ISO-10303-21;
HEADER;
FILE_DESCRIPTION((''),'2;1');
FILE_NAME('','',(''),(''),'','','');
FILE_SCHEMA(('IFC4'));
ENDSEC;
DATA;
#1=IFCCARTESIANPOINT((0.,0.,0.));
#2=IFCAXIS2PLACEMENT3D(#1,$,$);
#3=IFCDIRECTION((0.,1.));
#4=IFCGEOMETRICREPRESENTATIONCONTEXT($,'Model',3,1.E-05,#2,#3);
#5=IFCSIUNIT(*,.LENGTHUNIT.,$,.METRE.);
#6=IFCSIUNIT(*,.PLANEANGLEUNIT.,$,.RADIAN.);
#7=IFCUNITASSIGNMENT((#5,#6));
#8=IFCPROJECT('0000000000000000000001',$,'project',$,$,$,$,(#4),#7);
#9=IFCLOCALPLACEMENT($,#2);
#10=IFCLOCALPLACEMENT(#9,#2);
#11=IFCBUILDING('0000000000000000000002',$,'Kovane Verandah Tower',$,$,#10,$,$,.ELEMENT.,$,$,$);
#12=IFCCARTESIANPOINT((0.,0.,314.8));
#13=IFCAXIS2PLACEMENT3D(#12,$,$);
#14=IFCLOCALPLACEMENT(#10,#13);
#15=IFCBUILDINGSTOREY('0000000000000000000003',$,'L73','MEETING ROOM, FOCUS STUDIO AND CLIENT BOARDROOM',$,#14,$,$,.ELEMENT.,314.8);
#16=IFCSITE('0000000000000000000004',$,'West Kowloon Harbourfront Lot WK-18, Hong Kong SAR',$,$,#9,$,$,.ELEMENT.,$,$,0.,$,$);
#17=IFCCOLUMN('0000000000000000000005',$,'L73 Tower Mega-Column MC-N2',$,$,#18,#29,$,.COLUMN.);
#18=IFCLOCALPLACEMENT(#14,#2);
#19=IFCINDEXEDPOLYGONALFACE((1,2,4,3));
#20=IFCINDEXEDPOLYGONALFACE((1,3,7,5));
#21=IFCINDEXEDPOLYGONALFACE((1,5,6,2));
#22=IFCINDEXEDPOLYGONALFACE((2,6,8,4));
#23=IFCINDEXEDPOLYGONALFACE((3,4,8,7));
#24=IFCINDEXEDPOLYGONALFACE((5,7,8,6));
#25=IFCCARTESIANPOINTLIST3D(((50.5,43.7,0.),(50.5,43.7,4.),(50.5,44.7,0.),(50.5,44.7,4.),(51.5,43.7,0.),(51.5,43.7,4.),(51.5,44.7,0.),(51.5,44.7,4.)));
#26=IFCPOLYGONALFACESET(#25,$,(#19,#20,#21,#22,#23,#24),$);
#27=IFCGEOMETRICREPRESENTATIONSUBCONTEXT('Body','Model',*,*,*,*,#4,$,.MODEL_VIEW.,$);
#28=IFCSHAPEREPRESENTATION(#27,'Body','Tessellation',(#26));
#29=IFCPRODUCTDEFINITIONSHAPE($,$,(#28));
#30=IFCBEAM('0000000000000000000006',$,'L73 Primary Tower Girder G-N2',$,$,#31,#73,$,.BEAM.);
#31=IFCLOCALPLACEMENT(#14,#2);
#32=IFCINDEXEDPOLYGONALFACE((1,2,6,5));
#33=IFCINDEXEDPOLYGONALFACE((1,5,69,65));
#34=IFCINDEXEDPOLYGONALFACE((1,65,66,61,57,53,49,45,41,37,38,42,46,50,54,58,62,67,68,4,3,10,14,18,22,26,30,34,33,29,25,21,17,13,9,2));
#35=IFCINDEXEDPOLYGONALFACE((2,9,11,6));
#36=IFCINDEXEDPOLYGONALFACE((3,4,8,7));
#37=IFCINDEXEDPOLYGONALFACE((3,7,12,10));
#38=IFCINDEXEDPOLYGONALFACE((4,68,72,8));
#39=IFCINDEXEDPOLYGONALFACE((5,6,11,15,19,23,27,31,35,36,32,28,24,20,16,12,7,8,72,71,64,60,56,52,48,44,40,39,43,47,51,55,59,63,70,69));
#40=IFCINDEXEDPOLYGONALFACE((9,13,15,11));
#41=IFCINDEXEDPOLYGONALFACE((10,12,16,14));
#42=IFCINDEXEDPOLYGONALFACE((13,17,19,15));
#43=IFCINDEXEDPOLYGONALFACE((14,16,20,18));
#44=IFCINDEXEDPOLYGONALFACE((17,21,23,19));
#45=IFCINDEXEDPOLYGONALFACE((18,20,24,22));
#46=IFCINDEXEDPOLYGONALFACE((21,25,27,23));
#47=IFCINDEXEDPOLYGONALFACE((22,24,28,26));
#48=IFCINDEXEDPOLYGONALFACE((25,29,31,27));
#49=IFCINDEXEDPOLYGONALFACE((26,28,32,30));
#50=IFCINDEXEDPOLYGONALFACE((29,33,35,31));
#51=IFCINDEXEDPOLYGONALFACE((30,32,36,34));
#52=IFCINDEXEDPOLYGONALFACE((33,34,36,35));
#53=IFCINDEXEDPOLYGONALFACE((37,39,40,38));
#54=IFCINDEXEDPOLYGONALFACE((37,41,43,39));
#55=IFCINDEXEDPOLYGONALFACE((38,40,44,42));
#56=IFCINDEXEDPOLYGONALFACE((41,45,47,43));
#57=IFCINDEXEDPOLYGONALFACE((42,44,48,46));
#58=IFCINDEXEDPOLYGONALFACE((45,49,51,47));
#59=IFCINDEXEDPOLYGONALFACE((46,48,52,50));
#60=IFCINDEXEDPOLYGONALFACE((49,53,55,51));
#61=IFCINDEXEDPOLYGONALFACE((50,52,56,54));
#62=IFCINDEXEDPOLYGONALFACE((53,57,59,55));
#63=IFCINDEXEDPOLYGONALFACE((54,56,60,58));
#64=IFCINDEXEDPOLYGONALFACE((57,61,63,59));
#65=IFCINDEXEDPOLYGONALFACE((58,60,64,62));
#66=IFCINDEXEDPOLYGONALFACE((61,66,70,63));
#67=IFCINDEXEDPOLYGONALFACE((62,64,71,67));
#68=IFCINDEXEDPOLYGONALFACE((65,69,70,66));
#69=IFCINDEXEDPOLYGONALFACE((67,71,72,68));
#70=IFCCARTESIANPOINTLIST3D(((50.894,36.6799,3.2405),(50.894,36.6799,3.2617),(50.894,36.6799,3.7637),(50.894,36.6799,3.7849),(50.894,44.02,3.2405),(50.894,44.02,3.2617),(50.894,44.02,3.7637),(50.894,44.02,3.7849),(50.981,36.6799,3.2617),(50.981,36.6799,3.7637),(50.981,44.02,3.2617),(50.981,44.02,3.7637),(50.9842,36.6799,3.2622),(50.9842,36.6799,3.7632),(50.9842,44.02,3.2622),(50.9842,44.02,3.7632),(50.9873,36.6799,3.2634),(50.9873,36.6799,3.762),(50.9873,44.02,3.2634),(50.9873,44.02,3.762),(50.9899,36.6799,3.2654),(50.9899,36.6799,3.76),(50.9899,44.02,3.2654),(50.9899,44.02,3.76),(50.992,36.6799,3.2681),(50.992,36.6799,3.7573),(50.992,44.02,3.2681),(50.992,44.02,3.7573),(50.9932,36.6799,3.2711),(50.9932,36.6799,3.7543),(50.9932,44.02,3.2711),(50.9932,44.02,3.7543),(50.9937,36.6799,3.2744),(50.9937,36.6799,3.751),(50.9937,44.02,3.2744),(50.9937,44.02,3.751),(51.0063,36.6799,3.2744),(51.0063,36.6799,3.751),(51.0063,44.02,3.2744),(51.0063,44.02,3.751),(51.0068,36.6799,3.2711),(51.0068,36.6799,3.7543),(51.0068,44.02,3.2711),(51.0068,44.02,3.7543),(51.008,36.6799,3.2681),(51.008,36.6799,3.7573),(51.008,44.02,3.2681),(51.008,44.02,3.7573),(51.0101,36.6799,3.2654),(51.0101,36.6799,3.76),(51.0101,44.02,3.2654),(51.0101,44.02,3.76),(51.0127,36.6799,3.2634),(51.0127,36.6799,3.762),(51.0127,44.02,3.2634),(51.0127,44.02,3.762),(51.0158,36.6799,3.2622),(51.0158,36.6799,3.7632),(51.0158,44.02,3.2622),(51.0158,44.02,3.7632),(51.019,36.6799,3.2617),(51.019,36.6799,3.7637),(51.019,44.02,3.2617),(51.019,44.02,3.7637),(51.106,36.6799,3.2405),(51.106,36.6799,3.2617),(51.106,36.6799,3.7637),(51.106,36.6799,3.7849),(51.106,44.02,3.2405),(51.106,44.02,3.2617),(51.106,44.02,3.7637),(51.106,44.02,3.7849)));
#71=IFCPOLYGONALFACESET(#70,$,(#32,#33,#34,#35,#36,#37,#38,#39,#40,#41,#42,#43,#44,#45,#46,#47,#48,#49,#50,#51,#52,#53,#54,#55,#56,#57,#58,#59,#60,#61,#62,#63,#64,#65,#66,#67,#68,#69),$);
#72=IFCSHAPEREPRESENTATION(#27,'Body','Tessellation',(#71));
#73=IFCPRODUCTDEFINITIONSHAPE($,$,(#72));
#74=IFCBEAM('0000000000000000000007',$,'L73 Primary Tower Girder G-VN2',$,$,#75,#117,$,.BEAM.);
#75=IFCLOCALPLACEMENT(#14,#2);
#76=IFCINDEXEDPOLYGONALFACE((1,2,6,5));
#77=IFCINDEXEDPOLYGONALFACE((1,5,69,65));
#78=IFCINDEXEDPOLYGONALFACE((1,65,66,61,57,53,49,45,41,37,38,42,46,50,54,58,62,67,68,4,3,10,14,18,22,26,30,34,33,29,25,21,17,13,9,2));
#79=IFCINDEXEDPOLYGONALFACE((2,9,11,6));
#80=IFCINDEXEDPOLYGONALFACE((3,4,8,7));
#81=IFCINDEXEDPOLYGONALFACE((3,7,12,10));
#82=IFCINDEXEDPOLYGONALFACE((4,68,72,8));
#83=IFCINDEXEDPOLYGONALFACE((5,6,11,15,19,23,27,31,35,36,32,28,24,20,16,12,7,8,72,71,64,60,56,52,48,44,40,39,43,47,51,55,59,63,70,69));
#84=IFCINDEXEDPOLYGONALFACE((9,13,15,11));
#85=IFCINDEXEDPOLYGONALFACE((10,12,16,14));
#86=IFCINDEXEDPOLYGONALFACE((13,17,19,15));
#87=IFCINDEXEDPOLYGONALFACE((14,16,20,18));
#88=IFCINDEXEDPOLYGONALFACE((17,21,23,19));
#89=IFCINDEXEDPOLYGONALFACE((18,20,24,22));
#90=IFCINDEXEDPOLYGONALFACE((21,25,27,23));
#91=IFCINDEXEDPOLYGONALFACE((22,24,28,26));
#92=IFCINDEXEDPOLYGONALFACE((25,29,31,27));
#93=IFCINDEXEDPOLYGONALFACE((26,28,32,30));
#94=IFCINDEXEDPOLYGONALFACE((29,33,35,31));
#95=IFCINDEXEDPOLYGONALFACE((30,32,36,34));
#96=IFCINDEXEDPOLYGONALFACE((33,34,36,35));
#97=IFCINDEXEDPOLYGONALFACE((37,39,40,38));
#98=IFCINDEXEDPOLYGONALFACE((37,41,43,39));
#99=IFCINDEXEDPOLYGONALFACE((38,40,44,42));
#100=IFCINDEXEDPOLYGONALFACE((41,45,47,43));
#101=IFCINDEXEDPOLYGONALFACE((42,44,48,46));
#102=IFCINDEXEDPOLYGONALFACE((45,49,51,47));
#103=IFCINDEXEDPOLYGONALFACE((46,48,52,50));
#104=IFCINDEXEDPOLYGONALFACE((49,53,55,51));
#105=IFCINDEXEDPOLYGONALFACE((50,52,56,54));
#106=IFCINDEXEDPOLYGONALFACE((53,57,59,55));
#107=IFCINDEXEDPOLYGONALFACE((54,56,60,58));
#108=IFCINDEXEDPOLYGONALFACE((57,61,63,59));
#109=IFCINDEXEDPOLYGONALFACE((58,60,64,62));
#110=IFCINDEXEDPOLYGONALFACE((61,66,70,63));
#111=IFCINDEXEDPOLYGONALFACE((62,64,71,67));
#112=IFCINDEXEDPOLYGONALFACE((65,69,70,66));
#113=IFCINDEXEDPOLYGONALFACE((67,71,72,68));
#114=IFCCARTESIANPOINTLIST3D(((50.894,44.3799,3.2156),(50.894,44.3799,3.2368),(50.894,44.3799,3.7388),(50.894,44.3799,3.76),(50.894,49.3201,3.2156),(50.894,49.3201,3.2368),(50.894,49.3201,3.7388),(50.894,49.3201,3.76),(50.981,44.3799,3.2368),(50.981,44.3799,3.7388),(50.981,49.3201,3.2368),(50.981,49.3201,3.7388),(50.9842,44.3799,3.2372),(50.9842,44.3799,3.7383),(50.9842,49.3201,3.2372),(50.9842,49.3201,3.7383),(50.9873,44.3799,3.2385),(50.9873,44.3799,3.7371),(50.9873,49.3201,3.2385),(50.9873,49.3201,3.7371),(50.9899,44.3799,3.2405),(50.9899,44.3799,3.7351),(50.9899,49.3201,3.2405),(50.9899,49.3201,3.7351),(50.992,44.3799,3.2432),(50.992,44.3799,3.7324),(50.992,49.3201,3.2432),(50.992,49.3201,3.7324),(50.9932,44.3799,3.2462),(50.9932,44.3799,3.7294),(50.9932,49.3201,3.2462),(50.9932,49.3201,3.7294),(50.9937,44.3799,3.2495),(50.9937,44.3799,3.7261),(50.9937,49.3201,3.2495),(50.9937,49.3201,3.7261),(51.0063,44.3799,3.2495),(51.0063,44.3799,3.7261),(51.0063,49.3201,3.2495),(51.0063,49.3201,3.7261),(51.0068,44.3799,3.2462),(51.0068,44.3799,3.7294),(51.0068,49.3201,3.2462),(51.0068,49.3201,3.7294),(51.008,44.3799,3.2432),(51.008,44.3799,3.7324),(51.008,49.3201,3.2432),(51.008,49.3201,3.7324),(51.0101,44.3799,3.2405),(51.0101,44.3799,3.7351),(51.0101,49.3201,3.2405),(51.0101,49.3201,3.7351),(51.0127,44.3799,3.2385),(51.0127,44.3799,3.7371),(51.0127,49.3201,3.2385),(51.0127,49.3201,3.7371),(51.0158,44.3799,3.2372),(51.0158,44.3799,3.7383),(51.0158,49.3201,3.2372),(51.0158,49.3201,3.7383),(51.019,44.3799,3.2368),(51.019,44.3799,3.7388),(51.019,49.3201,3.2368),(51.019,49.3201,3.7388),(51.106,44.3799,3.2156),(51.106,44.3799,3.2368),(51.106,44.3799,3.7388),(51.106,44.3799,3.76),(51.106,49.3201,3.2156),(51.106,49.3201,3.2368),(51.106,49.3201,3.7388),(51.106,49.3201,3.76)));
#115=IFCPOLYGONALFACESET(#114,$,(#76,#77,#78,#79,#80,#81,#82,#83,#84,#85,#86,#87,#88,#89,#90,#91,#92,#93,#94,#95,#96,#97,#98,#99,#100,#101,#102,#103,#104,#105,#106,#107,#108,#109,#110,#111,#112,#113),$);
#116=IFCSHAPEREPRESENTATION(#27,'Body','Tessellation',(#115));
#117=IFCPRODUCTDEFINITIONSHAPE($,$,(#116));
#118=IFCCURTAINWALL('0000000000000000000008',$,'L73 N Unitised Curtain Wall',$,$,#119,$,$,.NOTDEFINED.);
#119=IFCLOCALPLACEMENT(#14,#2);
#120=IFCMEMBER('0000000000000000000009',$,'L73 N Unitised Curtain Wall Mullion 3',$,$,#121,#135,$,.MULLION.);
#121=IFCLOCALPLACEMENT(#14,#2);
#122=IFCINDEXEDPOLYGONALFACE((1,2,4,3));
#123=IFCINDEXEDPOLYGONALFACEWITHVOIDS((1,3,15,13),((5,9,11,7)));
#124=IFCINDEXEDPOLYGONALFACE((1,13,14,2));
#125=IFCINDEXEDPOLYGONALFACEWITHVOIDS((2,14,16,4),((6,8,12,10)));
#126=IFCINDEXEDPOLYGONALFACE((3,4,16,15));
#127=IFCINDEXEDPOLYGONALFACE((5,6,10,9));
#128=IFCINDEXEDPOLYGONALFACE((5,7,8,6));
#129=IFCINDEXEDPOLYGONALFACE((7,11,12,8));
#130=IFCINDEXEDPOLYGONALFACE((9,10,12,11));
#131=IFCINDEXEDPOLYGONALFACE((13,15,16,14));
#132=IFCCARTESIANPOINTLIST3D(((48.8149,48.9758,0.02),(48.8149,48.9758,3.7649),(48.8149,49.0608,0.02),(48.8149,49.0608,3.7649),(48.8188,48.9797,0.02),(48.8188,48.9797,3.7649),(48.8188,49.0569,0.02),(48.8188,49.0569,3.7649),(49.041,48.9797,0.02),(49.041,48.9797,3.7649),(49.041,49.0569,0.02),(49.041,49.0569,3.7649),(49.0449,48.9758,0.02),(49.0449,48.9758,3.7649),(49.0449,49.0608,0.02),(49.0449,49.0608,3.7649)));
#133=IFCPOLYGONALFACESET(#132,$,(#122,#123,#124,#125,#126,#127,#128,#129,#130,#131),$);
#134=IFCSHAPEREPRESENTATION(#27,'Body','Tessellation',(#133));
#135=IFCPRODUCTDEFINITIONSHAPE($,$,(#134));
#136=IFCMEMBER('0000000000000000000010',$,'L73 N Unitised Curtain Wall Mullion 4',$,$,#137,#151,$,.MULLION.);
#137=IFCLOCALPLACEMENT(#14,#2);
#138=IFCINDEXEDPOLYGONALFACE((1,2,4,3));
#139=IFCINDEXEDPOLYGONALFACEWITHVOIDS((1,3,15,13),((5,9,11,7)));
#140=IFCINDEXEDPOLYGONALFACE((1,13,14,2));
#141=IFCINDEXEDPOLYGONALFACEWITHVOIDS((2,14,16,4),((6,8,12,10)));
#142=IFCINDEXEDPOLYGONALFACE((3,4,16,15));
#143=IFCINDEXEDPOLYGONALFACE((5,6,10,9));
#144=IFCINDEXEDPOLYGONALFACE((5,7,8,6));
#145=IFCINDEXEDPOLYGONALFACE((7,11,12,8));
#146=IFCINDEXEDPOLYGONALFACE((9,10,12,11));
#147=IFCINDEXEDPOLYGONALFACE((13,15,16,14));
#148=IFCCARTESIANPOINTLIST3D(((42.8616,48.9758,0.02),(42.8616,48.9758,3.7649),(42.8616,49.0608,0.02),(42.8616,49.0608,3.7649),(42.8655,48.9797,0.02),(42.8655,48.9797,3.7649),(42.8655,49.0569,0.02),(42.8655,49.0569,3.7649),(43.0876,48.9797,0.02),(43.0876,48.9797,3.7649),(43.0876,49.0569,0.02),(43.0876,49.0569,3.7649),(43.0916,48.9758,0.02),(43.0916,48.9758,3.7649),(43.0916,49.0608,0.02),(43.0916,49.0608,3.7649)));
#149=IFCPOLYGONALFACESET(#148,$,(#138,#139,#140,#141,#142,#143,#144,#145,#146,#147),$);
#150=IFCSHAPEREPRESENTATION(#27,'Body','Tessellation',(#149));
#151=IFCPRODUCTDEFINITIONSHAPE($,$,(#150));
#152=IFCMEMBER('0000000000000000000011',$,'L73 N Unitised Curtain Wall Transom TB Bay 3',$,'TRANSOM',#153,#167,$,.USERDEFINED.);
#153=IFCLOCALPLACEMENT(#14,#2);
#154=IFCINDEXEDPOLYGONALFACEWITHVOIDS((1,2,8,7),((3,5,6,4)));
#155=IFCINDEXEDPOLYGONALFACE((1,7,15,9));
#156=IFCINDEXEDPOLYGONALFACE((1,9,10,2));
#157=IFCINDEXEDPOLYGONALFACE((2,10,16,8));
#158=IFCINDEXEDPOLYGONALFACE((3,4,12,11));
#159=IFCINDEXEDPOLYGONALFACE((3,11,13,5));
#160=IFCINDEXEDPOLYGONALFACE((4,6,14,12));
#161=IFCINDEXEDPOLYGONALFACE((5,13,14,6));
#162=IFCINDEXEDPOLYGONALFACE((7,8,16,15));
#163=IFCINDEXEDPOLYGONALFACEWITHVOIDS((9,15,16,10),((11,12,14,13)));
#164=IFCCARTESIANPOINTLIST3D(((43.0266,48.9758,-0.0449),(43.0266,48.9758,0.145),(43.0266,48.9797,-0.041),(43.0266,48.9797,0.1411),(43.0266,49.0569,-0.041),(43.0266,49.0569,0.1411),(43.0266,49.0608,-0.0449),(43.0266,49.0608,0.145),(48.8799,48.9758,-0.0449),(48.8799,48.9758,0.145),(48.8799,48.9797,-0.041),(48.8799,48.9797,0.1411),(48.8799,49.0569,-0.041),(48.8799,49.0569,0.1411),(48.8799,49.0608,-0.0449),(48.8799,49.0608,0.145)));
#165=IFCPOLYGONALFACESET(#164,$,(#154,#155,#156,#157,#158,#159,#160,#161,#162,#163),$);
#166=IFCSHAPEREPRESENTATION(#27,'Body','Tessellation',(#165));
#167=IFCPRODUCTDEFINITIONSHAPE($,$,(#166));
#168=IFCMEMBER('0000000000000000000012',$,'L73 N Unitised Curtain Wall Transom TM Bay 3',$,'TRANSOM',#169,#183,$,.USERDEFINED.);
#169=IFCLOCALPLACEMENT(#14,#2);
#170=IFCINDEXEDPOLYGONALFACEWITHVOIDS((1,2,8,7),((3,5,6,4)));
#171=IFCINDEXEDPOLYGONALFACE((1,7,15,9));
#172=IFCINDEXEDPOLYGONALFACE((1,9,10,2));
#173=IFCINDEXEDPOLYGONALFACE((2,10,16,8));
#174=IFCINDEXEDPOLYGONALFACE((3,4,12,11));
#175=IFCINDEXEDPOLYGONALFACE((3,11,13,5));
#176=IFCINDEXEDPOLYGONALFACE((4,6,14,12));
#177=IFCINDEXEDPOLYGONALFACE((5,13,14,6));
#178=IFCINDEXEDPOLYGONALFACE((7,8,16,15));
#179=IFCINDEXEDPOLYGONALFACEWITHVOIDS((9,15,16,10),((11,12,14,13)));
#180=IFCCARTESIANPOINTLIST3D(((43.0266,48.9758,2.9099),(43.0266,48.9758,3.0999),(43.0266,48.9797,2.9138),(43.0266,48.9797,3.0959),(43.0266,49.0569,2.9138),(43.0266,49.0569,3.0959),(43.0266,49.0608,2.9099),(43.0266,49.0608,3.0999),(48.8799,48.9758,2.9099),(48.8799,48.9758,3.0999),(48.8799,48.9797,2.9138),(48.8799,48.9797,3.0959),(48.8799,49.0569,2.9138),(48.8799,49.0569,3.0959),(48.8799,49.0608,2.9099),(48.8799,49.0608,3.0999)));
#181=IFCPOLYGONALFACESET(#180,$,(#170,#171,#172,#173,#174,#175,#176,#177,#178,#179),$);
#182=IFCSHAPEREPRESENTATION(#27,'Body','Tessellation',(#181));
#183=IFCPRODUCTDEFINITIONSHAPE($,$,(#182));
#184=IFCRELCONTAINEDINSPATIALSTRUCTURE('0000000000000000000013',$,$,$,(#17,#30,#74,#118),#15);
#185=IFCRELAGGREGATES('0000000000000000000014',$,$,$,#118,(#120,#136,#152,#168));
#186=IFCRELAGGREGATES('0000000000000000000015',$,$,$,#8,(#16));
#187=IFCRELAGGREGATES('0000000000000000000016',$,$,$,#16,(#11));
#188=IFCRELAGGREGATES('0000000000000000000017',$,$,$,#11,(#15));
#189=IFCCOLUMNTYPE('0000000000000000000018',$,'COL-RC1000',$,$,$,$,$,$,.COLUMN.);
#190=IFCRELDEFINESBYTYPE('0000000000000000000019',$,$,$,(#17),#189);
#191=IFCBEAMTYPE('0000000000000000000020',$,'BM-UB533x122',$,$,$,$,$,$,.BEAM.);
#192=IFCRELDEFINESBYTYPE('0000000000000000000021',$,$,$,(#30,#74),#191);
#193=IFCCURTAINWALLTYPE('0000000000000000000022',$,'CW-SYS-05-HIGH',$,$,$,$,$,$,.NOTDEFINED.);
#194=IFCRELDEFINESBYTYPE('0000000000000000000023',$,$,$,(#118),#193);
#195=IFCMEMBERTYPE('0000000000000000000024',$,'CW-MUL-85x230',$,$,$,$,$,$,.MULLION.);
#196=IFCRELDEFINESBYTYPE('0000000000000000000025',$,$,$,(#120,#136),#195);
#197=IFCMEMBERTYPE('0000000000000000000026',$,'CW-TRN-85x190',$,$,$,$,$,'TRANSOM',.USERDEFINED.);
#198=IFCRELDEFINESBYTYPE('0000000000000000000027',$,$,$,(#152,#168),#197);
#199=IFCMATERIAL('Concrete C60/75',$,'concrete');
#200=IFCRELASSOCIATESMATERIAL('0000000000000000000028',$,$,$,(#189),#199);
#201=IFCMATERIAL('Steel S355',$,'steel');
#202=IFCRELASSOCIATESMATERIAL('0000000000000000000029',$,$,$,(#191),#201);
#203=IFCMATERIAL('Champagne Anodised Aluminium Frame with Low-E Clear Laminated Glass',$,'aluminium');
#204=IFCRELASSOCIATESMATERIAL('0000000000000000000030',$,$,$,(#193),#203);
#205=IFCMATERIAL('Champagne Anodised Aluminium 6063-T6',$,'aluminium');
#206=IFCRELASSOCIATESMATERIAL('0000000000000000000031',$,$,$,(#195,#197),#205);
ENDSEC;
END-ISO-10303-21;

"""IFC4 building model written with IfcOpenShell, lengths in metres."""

from ifc_helpers import new_model, si_unit, direction, frame, origin, origin_2d, place, context, subcontext, project, spatial, rectangle, hollow_rectangle, i_section, extrude, material, material_profile, profile_set, type_object, element, aggregate, save


model = new_model("IFC4")

# Units and contexts
model_context = context("Model", 3, precision=1e-05, world=origin(), true_north=direction((0.0, 1.0)))
body_context = subcontext(model_context, "Body", "Model", "MODEL_VIEW")
ifc_project = project(units=[si_unit("LENGTHUNIT", "METRE"), si_unit("PLANEANGLEUNIT", "RADIAN")], contexts=[model_context])

# Site, building, storey
site_placement = place(None, origin())
site = spatial("IfcSite", under=ifc_project, at=site_placement, Name="West Kowloon Harbourfront Lot WK-18, Hong Kong SAR", CompositionType="ELEMENT", RefElevation=0.0)
building_placement = place(site_placement, origin())
building = spatial("IfcBuilding", under=site, at=building_placement, Name="Kovane Verandah Tower", CompositionType="ELEMENT")
storey_placement = place(building_placement, frame((0.0, 0.0, 314.8)))
storey = spatial("IfcBuildingStorey", under=building, at=storey_placement, Name="L73", Description="MEETING ROOM, FOCUS STUDIO AND CLIENT BOARDROOM", CompositionType="ELEMENT", Elevation=314.8)

# Column
ifc_material_1 = material(Name="Concrete C60/75", Category="concrete")
ifc_material_profile_1 = material_profile(ifc_material_1, rectangle(XDim=1.0, YDim=1.0, at=origin_2d()), Name="RC1000x1000")
ifc_profile_set_1 = profile_set([ifc_material_profile_1], Name="Concrete C60/75")
column_type = type_object("IfcColumnType", Name="COL-RC1000", PredefinedType="COLUMN", material=ifc_profile_set_1)
column_placement = place(storey_placement, frame((51.0, 44.2, 0.0), z_axis=(0.0, 0.0, 1.0), x_axis=(1.0, 0.0, 0.0)))
element("IfcColumn", 1, at=column_placement, inside=storey, type_object=column_type, Name="L73 Tower Mega-Column MC-N2", PredefinedType="COLUMN", context=body_context, shape_type="SweptSolid", body=[
    extrude(rectangle(XDim=1.0, YDim=1.0, at=origin_2d()), origin(), (0.0, 0.0, 1.0), 4.0),
])

# Beams
ifc_material_2 = material(Name="Steel S355", Category="steel")
ifc_material_profile_2 = material_profile(ifc_material_2, i_section(OverallWidth=0.2119, OverallDepth=0.5444, WebThickness=0.0127, FlangeThickness=0.0212, FilletRadius=0.0127, at=origin_2d()), Name="UB533x210x122")
ifc_profile_set_2 = profile_set([ifc_material_profile_2], Name="Steel S355")
beam_type = type_object("IfcBeamType", Name="BM-UB533x122", PredefinedType="BEAM", material=ifc_profile_set_2)
beam_1_placement = place(storey_placement, frame((51.0, 36.6799, 3.5127), z_axis=(0.0, 1.0, 0.0), x_axis=(-1.0, 0.0, 0.0)))
element("IfcBeam", 2, at=beam_1_placement, inside=storey, type_object=beam_type, Name="L73 Primary Tower Girder G-N2", PredefinedType="BEAM", context=body_context, shape_type="SweptSolid", body=[
    extrude(i_section(OverallWidth=0.2119, OverallDepth=0.5444, WebThickness=0.0127, FlangeThickness=0.0212, FilletRadius=0.0127, at=origin_2d()), origin(), (0.0, 0.0, 1.0), 7.3401),
])
beam_2_placement = place(storey_placement, frame((51.0, 44.3799, 3.4878), z_axis=(0.0, 1.0, 0.0), x_axis=(-1.0, 0.0, 0.0)))
element("IfcBeam", 3, at=beam_2_placement, inside=storey, type_object=beam_type, Name="L73 Primary Tower Girder G-VN2", PredefinedType="BEAM", context=body_context, shape_type="SweptSolid", body=[
    extrude(i_section(OverallWidth=0.2119, OverallDepth=0.5444, WebThickness=0.0127, FlangeThickness=0.0212, FilletRadius=0.0127, at=origin_2d()), origin(), (0.0, 0.0, 1.0), 4.9402),
])

# Curtain wall, members
ifc_material_3 = material(Name="Champagne Anodised Aluminium Frame with Low-E Clear Laminated Glass", Category="aluminium")
curtain_wall_type = type_object("IfcCurtainWallType", Name="CW-SYS-05-HIGH", PredefinedType="NOTDEFINED", material=ifc_material_3)
curtain_wall_placement = place(storey_placement, origin())
curtain_wall = element("IfcCurtainWall", 4, at=curtain_wall_placement, inside=storey, type_object=curtain_wall_type, Name="L73 N Unitised Curtain Wall", PredefinedType="NOTDEFINED")
ifc_material_4 = material(Name="Champagne Anodised Aluminium 6063-T6", Category="aluminium")
ifc_material_profile_3 = material_profile(ifc_material_4, hollow_rectangle(XDim=0.085, YDim=0.23, WallThickness=0.0039, at=origin_2d()), Name="AL85x230x4")
ifc_profile_set_3 = profile_set([ifc_material_profile_3], Name="Champagne Anodised Aluminium 6063-T6")
member_type_1 = type_object("IfcMemberType", Name="CW-MUL-85x230", PredefinedType="MULLION", material=ifc_profile_set_3)
member_1_placement = place(storey_placement, frame((48.9299, 49.0183, 0.02), z_axis=(0.0, 0.0, 1.0), x_axis=(0.0, 1.0, 0.0)))
member_1 = element("IfcMember", 5, at=member_1_placement, type_object=member_type_1, Name="L73 N Unitised Curtain Wall Mullion 3", PredefinedType="MULLION", context=body_context, shape_type="SweptSolid", body=[
    extrude(hollow_rectangle(XDim=0.085, YDim=0.23, WallThickness=0.0039, at=origin_2d()), origin(), (0.0, 0.0, 1.0), 3.7449),
])
member_2_placement = place(storey_placement, frame((42.9766, 49.0183, 0.02), z_axis=(0.0, 0.0, 1.0), x_axis=(0.0, 1.0, 0.0)))
member_2 = element("IfcMember", 6, at=member_2_placement, type_object=member_type_1, Name="L73 N Unitised Curtain Wall Mullion 4", PredefinedType="MULLION", context=body_context, shape_type="SweptSolid", body=[
    extrude(hollow_rectangle(XDim=0.085, YDim=0.23, WallThickness=0.0039, at=origin_2d()), origin(), (0.0, 0.0, 1.0), 3.7449),
])
ifc_material_profile_4 = material_profile(ifc_material_4, hollow_rectangle(XDim=0.085, YDim=0.1899, WallThickness=0.0039, at=origin_2d()), Name="AL85x190x4")
ifc_profile_set_4 = profile_set([ifc_material_profile_4], Name="Champagne Anodised Aluminium 6063-T6")
member_type_2 = type_object("IfcMemberType", Name="CW-TRN-85x190", ElementType="TRANSOM", PredefinedType="USERDEFINED", material=ifc_profile_set_4)
member_3_placement = place(storey_placement, frame((48.8799, 49.0183, 0.05), z_axis=(-1.0, 0.0, 0.0), x_axis=(0.0, -1.0, 0.0)))
member_3 = element("IfcMember", 7, at=member_3_placement, type_object=member_type_2, Name="L73 N Unitised Curtain Wall Transom TB Bay 3", ObjectType="TRANSOM", PredefinedType="USERDEFINED", context=body_context, shape_type="SweptSolid", body=[
    extrude(hollow_rectangle(XDim=0.085, YDim=0.1899, WallThickness=0.0039, at=origin_2d()), origin(), (0.0, 0.0, 1.0), 5.8533),
])
member_4_placement = place(storey_placement, frame((48.8799, 49.0183, 3.0049), z_axis=(-1.0, 0.0, 0.0), x_axis=(0.0, -1.0, 0.0)))
member_4 = element("IfcMember", 8, at=member_4_placement, type_object=member_type_2, Name="L73 N Unitised Curtain Wall Transom TM Bay 3", ObjectType="TRANSOM", PredefinedType="USERDEFINED", context=body_context, shape_type="SweptSolid", body=[
    extrude(hollow_rectangle(XDim=0.085, YDim=0.1899, WallThickness=0.0039, at=origin_2d()), origin(), (0.0, 0.0, 1.0), 5.8533),
])
aggregate(curtain_wall, [member_1, member_2, member_3, member_4])

save(model, "model.ifc")
